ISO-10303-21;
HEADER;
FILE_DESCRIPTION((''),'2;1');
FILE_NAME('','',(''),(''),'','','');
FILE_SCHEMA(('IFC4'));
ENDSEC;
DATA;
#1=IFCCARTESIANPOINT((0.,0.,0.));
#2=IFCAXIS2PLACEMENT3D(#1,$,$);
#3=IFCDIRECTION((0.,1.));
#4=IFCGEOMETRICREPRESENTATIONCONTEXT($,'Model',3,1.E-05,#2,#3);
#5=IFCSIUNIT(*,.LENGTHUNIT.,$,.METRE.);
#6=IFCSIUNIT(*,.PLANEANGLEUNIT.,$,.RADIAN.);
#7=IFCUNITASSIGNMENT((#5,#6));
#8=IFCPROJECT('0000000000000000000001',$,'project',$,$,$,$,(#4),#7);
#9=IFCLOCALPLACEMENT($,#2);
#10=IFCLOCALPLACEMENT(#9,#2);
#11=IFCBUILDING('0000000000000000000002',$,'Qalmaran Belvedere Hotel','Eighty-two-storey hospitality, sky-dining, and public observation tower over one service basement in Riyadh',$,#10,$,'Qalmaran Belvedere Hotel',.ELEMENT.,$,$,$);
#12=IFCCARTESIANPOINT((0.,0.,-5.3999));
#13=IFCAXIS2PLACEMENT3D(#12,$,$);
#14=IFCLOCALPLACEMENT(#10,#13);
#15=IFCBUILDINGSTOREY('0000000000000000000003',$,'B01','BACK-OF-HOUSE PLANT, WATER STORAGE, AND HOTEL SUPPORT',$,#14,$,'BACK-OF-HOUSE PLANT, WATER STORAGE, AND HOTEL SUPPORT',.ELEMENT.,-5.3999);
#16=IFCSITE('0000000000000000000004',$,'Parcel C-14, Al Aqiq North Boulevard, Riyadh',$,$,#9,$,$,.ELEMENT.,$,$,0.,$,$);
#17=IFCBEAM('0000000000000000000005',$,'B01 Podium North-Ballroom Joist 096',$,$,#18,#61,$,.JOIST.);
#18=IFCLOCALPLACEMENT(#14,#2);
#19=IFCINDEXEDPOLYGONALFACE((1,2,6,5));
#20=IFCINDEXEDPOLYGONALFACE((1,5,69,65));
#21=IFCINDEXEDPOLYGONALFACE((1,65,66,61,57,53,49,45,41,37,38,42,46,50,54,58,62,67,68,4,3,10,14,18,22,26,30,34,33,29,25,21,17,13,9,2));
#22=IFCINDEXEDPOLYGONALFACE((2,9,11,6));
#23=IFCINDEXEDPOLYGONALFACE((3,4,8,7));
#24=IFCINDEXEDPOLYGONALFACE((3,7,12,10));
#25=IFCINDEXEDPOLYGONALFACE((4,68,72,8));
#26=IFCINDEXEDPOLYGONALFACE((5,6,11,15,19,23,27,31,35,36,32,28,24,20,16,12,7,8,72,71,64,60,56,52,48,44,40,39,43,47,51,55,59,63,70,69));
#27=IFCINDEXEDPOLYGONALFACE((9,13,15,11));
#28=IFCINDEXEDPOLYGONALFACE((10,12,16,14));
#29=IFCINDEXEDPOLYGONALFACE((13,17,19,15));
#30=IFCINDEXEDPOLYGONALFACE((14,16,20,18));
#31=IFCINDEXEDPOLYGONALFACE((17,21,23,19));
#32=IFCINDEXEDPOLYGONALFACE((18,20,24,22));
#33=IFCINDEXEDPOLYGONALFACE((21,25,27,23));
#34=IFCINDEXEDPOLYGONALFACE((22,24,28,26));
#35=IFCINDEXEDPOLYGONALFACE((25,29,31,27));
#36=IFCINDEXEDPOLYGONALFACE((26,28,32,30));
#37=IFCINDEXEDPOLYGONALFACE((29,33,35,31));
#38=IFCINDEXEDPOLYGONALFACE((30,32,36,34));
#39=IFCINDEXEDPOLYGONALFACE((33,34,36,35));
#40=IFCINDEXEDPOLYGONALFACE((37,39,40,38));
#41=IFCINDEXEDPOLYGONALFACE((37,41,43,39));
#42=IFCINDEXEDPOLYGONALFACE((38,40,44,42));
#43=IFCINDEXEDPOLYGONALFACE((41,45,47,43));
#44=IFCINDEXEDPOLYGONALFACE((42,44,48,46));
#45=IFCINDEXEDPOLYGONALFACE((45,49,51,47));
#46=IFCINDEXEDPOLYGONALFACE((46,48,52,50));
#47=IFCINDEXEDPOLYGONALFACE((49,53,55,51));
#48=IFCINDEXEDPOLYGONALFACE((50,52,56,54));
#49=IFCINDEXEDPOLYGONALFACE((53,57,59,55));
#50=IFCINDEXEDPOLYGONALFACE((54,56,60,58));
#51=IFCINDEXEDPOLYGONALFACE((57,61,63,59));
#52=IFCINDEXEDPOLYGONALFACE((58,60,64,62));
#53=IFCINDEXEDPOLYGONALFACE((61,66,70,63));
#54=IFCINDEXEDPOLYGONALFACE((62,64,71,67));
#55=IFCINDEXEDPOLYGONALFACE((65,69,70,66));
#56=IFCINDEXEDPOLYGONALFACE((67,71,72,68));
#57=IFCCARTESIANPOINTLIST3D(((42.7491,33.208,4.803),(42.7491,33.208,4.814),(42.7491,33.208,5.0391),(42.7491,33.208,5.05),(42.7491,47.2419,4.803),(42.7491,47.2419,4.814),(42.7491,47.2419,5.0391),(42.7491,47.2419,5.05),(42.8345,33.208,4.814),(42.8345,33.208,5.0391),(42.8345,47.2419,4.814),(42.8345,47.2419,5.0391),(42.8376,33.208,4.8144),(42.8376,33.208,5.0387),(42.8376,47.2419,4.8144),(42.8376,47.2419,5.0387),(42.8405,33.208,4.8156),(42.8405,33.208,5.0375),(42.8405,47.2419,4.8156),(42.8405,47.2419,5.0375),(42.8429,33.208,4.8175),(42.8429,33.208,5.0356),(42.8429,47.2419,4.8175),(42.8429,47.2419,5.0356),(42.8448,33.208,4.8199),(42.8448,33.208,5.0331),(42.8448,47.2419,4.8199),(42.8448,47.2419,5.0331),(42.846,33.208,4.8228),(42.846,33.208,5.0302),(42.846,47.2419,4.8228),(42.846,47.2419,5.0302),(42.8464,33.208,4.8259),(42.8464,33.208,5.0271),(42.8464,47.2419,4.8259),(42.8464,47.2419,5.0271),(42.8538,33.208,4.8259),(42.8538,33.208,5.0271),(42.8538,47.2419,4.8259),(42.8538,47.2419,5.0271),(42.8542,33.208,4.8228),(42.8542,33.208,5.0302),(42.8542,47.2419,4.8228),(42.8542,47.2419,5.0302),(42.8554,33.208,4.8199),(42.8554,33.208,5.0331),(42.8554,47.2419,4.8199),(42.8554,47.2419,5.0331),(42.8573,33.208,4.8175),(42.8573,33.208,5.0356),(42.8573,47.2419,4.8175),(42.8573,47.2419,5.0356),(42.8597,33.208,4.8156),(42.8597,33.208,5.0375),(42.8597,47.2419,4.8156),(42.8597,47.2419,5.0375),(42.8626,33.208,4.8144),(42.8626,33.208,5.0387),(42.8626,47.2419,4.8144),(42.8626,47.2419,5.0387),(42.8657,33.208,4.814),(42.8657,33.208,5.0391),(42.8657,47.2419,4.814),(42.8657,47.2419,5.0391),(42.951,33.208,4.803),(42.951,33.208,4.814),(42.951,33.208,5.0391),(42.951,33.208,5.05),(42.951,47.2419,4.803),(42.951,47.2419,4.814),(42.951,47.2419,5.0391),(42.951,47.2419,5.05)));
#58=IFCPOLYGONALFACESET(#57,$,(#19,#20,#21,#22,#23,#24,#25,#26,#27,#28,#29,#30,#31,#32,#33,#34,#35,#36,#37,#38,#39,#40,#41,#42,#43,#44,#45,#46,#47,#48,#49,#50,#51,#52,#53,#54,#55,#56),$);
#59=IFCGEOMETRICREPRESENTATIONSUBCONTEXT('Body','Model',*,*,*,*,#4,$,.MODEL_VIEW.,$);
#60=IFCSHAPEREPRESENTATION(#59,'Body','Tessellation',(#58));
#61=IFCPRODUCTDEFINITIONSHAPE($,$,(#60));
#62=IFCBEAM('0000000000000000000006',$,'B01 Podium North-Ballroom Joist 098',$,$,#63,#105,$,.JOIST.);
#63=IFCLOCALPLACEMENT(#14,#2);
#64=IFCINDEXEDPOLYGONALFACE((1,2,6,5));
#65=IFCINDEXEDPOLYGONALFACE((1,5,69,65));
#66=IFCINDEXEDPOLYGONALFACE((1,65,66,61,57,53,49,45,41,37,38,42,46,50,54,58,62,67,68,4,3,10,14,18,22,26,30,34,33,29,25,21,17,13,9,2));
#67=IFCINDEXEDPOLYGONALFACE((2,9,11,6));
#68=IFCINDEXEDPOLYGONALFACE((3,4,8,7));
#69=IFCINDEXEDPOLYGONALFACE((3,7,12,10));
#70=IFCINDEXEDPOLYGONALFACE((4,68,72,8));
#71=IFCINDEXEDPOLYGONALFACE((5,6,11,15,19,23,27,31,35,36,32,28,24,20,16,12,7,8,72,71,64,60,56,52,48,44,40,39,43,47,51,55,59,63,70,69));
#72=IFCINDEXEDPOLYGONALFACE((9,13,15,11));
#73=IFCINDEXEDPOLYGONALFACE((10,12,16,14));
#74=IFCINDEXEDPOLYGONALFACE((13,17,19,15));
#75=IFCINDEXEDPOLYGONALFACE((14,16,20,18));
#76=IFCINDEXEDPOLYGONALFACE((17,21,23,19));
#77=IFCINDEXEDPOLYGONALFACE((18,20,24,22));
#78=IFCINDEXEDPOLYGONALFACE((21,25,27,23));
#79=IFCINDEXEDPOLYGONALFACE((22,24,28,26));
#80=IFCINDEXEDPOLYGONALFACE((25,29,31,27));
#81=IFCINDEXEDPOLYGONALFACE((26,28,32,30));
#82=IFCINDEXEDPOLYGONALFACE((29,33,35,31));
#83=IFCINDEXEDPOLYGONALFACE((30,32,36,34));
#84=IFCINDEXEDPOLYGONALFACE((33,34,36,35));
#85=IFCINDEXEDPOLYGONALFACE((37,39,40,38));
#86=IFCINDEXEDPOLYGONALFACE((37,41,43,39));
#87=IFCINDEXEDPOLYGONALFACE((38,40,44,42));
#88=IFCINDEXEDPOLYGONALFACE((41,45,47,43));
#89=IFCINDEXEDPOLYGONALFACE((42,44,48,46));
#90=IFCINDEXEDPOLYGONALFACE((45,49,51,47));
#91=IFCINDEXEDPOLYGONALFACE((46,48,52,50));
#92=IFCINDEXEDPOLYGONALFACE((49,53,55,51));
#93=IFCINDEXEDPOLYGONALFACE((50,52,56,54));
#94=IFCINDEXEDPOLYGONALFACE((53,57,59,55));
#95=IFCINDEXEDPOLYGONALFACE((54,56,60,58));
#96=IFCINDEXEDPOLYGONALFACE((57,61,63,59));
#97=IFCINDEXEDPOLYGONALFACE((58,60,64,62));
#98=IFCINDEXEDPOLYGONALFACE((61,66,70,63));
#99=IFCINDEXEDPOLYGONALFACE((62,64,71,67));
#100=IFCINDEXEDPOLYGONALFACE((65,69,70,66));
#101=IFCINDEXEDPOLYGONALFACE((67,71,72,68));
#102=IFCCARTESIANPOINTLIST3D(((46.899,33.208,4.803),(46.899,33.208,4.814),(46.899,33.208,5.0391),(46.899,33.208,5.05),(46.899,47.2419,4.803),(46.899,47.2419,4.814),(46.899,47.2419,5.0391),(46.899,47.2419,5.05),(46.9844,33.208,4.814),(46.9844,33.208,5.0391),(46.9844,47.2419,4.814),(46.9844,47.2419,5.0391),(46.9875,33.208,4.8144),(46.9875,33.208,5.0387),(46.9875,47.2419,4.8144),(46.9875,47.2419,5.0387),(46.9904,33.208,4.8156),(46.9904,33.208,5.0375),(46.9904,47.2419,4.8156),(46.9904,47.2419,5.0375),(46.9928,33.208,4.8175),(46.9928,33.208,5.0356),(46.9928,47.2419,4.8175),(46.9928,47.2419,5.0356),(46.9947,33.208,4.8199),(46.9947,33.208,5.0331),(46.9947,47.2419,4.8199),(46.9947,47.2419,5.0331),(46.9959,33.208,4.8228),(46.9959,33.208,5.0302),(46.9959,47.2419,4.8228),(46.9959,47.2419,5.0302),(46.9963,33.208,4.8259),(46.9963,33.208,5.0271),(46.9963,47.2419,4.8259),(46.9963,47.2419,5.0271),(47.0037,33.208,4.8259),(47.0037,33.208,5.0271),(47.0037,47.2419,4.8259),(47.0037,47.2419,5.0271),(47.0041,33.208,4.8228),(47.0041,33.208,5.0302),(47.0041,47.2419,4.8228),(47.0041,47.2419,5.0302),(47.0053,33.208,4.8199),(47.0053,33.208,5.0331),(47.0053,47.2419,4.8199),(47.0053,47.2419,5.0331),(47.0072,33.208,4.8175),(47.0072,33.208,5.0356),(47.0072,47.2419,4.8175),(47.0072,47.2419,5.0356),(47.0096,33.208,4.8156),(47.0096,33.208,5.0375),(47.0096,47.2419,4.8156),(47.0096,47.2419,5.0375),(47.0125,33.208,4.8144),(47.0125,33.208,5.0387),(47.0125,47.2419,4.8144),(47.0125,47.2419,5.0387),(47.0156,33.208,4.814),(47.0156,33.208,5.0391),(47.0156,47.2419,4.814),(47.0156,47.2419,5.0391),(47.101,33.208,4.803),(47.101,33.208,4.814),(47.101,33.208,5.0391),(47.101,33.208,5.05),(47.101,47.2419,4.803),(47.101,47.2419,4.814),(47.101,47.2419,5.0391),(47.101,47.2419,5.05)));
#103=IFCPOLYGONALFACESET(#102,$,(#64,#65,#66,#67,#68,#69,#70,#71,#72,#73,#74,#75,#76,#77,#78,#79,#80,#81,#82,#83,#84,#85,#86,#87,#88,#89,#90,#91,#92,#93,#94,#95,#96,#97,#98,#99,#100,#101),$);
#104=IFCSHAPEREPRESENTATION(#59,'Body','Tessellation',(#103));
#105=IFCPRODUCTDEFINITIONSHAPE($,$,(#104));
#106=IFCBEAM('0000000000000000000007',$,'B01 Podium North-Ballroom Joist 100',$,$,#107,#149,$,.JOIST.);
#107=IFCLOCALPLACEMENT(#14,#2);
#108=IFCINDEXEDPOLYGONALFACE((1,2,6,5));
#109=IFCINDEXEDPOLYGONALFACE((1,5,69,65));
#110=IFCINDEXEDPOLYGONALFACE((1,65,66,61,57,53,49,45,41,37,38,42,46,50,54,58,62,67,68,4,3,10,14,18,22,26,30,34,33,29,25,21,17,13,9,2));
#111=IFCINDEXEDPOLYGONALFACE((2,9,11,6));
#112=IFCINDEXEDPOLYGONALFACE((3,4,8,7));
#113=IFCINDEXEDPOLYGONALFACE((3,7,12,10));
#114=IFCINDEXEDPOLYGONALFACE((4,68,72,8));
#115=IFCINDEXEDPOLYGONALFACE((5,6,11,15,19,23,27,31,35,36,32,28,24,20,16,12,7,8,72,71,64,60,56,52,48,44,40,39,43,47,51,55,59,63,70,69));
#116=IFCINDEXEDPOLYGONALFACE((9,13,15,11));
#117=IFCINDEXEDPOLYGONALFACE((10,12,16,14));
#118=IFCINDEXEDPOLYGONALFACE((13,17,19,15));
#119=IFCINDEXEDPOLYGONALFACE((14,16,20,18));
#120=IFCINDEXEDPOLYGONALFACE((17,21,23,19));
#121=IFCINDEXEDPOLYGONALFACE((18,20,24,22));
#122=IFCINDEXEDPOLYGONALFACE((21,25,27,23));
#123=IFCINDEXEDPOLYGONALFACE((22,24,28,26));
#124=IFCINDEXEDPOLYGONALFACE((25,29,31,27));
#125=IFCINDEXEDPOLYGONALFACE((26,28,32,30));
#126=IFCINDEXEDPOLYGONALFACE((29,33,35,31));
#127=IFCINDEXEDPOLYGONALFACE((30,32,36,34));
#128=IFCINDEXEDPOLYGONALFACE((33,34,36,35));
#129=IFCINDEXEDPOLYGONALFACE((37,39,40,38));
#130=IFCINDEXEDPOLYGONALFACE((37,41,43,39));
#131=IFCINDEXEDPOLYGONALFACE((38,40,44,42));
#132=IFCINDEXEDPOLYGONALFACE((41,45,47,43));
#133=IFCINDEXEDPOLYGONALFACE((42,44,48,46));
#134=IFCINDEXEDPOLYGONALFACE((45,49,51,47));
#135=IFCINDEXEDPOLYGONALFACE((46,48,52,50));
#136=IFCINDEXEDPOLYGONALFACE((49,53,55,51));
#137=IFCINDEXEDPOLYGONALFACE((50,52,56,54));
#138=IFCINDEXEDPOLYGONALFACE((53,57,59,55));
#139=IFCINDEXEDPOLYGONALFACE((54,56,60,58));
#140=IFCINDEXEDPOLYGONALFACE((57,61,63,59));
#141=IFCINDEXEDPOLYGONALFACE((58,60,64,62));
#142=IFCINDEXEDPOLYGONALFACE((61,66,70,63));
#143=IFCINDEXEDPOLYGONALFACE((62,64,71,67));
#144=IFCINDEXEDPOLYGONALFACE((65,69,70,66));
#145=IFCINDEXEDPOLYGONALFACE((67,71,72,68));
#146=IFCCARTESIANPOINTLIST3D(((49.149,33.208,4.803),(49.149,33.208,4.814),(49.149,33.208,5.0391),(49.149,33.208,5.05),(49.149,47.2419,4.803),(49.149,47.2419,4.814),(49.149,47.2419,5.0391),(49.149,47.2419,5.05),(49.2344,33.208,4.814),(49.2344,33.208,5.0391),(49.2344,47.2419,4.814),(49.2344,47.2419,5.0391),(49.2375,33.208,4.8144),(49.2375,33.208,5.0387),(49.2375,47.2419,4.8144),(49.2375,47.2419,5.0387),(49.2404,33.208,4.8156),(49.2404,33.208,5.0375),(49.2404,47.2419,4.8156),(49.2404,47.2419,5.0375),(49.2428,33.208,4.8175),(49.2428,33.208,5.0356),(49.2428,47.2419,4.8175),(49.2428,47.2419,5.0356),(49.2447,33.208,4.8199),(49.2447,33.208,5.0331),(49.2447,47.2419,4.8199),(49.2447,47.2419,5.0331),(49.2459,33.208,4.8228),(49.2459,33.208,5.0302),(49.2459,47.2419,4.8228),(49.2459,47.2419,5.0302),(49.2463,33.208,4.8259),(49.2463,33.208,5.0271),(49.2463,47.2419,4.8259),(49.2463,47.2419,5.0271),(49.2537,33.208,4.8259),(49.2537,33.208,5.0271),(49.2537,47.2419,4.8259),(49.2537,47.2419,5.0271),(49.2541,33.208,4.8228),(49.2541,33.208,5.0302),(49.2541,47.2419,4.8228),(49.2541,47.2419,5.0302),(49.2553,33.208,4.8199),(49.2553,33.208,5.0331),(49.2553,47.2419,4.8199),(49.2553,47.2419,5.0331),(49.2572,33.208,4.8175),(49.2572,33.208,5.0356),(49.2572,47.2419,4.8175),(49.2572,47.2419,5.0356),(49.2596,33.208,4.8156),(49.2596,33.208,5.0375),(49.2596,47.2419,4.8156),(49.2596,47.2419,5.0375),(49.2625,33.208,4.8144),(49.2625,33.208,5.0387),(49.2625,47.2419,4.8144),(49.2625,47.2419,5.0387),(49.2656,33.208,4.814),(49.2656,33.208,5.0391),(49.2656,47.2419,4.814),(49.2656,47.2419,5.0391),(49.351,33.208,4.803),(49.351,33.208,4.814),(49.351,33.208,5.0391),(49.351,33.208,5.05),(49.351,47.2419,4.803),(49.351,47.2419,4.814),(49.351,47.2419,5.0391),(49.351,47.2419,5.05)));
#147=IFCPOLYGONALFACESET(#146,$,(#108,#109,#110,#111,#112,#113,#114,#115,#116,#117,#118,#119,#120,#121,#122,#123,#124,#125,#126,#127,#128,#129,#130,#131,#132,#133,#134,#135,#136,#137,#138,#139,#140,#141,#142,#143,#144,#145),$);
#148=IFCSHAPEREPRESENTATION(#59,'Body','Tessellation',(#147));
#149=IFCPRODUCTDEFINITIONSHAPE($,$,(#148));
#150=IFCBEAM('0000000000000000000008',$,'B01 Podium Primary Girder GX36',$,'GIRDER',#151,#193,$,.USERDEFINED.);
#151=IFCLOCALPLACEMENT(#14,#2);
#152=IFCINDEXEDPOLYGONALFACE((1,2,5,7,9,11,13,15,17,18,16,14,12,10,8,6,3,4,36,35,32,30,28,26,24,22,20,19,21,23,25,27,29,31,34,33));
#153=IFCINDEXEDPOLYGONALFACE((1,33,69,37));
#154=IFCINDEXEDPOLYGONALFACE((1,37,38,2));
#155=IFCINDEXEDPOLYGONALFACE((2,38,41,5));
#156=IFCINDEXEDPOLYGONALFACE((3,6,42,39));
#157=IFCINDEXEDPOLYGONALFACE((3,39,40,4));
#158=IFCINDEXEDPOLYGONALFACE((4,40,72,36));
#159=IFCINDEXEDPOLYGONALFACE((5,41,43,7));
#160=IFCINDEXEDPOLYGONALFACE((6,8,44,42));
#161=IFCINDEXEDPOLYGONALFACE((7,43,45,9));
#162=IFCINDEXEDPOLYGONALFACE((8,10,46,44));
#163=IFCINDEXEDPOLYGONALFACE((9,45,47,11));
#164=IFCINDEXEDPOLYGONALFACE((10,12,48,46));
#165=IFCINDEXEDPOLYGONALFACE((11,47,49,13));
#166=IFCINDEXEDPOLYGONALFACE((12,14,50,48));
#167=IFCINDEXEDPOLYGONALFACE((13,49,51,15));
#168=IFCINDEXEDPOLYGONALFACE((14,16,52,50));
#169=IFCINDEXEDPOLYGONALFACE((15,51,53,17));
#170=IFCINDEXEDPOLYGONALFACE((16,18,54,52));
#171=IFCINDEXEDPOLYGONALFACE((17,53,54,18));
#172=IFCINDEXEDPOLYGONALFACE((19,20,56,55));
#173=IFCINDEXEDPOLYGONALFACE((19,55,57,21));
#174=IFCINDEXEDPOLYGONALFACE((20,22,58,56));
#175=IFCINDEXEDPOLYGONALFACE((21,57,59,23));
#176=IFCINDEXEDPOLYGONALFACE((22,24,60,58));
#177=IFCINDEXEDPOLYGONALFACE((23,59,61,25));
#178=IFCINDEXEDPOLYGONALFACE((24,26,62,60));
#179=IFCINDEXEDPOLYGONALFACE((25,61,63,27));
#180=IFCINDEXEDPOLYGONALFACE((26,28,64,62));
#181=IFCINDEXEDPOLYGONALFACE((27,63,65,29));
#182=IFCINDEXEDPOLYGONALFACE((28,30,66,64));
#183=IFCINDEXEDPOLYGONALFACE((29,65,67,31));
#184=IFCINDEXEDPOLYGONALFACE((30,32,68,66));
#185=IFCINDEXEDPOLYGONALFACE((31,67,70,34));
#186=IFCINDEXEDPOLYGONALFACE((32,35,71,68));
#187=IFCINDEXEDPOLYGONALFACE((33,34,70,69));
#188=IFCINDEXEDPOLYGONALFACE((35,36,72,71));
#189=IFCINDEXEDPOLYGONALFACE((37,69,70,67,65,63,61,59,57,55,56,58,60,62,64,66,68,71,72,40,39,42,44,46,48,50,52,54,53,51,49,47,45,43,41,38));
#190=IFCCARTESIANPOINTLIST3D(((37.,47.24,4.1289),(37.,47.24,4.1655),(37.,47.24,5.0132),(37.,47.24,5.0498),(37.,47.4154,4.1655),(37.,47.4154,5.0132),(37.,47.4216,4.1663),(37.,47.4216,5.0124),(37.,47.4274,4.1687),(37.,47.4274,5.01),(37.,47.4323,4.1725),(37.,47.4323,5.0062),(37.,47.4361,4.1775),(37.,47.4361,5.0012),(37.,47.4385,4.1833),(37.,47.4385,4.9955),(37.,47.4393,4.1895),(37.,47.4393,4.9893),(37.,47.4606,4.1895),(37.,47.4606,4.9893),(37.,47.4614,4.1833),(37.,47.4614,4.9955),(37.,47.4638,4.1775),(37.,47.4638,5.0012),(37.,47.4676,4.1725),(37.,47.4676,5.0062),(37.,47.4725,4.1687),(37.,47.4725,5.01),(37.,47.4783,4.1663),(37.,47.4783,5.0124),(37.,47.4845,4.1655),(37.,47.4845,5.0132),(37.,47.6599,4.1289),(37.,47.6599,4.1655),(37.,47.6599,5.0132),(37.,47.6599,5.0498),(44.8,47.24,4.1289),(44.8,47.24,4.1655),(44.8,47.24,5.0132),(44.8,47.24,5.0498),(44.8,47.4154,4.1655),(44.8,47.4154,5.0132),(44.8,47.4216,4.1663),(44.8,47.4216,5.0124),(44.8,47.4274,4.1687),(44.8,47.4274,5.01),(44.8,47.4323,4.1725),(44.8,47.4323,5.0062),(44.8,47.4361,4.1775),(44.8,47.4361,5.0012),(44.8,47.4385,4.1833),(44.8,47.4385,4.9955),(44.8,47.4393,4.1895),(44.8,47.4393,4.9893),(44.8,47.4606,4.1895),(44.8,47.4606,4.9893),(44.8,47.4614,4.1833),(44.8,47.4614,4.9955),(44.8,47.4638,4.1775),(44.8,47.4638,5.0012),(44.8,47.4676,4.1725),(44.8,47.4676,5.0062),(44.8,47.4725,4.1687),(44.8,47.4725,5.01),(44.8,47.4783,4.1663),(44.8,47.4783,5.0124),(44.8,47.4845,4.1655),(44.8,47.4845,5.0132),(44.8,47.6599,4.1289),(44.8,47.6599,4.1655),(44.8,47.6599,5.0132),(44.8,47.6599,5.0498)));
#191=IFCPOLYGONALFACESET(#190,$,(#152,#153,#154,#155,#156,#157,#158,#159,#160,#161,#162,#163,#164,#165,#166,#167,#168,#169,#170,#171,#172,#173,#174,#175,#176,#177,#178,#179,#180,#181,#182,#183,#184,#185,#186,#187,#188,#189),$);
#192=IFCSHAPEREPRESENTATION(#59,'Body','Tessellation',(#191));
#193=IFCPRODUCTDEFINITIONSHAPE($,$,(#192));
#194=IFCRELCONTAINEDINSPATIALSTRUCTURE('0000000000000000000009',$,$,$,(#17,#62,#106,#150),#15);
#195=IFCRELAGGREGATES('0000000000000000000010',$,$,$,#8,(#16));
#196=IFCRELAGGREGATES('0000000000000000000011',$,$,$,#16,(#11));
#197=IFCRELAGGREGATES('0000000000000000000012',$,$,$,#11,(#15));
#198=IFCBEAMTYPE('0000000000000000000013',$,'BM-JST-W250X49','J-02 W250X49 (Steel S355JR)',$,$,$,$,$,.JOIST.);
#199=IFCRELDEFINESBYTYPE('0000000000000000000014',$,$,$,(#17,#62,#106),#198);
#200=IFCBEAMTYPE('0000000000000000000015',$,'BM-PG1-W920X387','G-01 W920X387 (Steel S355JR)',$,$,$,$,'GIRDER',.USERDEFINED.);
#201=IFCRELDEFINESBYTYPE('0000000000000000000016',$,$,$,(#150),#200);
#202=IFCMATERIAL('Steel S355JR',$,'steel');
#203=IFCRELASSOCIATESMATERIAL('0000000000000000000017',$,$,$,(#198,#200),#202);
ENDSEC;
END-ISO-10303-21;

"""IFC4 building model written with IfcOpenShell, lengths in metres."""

from ifc_helpers import new_model, si_unit, direction, frame, origin, origin_2d, place, context, subcontext, project, spatial, i_section, extrude, material, material_profile, profile_set, type_object, element, save


model = new_model("IFC4")

# Units and contexts
model_context = context("Model", 3, precision=1e-05, world=origin(), true_north=direction((0.0, 1.0)))
body_context = subcontext(model_context, "Body", "Model", "MODEL_VIEW")
ifc_project = project(units=[si_unit("LENGTHUNIT", "METRE"), si_unit("PLANEANGLEUNIT", "RADIAN")], contexts=[model_context])

# Site, building, storey
site_placement = place(None, origin())
site = spatial("IfcSite", under=ifc_project, at=site_placement, Name="Parcel C-14, Al Aqiq North Boulevard, Riyadh", CompositionType="ELEMENT", RefElevation=0.0)
building_placement = place(site_placement, origin())
building = spatial("IfcBuilding", under=site, at=building_placement, Name="Qalmaran Belvedere Hotel", Description="Eighty-two-storey hospitality, sky-dining, and public observation tower over one service basement in Riyadh", LongName="Qalmaran Belvedere Hotel", CompositionType="ELEMENT")
storey_placement = place(building_placement, frame((0.0, 0.0, -5.3999)))
storey = spatial("IfcBuildingStorey", under=building, at=storey_placement, Name="B01", Description="BACK-OF-HOUSE PLANT, WATER STORAGE, AND HOTEL SUPPORT", LongName="BACK-OF-HOUSE PLANT, WATER STORAGE, AND HOTEL SUPPORT", CompositionType="ELEMENT", Elevation=-5.3999)

# Beams
ifc_material_1 = material(Name="Steel S355JR", Category="steel")
ifc_material_profile_1 = material_profile(ifc_material_1, i_section(OverallWidth=0.2019, OverallDepth=0.2471, WebThickness=0.0073, FlangeThickness=0.011, FilletRadius=0.012, at=origin_2d()), Name="W250X49")
ifc_profile_set_1 = profile_set([ifc_material_profile_1], Name="Steel S355JR")
beam_type_1 = type_object("IfcBeamType", Name="BM-JST-W250X49", Description="J-02 W250X49 (Steel S355JR)", PredefinedType="JOIST", material=ifc_profile_set_1)
for number, where, z_axis, x_axis, name in (
    (1, (42.8501, 33.208, 4.9265), (0.0, 1.0, 0.0), (-1.0, 0.0, 0.0), "B01 Podium North-Ballroom Joist 096"),
    (2, (47.0, 33.208, 4.9265), (0.0, 1.0, 0.0), (-1.0, 0.0, 0.0), "B01 Podium North-Ballroom Joist 098"),
    (3, (49.25, 33.208, 4.9265), (0.0, 1.0, 0.0), (-1.0, 0.0, 0.0), "B01 Podium North-Ballroom Joist 100"),
):
    element("IfcBeam", number, at=place(storey_placement, frame(where, z_axis=z_axis, x_axis=x_axis)), inside=storey, type_object=beam_type_1, Name=name, PredefinedType="JOIST", context=body_context, shape_type="SweptSolid", body=[
        extrude(i_section(OverallWidth=0.2019, OverallDepth=0.2471, WebThickness=0.0073, FlangeThickness=0.011, FilletRadius=0.012, at=origin_2d()), origin(), (0.0, 0.0, 1.0), 14.0339),
    ])
ifc_material_profile_2 = material_profile(ifc_material_1, i_section(OverallWidth=0.4199, OverallDepth=0.9209, WebThickness=0.0212, FlangeThickness=0.0366, FilletRadius=0.0239, at=origin_2d()), Name="W920X387")
ifc_profile_set_2 = profile_set([ifc_material_profile_2], Name="Steel S355JR")
beam_type_2 = type_object("IfcBeamType", Name="BM-PG1-W920X387", Description="G-01 W920X387 (Steel S355JR)", ElementType="GIRDER", PredefinedType="USERDEFINED", material=ifc_profile_set_2)
beam_1_placement = place(storey_placement, frame((37.0, 47.45, 4.5894), z_axis=(1.0, 0.0, 0.0), x_axis=(0.0, 1.0, 0.0)))
element("IfcBeam", 4, at=beam_1_placement, inside=storey, type_object=beam_type_2, Name="B01 Podium Primary Girder GX36", ObjectType="GIRDER", PredefinedType="USERDEFINED", context=body_context, shape_type="SweptSolid", body=[
    extrude(i_section(OverallWidth=0.4199, OverallDepth=0.9209, WebThickness=0.0212, FlangeThickness=0.0366, FilletRadius=0.0239, at=origin_2d()), origin(), (0.0, 0.0, 1.0), 7.8),
])

save(model, "model.ifc")
